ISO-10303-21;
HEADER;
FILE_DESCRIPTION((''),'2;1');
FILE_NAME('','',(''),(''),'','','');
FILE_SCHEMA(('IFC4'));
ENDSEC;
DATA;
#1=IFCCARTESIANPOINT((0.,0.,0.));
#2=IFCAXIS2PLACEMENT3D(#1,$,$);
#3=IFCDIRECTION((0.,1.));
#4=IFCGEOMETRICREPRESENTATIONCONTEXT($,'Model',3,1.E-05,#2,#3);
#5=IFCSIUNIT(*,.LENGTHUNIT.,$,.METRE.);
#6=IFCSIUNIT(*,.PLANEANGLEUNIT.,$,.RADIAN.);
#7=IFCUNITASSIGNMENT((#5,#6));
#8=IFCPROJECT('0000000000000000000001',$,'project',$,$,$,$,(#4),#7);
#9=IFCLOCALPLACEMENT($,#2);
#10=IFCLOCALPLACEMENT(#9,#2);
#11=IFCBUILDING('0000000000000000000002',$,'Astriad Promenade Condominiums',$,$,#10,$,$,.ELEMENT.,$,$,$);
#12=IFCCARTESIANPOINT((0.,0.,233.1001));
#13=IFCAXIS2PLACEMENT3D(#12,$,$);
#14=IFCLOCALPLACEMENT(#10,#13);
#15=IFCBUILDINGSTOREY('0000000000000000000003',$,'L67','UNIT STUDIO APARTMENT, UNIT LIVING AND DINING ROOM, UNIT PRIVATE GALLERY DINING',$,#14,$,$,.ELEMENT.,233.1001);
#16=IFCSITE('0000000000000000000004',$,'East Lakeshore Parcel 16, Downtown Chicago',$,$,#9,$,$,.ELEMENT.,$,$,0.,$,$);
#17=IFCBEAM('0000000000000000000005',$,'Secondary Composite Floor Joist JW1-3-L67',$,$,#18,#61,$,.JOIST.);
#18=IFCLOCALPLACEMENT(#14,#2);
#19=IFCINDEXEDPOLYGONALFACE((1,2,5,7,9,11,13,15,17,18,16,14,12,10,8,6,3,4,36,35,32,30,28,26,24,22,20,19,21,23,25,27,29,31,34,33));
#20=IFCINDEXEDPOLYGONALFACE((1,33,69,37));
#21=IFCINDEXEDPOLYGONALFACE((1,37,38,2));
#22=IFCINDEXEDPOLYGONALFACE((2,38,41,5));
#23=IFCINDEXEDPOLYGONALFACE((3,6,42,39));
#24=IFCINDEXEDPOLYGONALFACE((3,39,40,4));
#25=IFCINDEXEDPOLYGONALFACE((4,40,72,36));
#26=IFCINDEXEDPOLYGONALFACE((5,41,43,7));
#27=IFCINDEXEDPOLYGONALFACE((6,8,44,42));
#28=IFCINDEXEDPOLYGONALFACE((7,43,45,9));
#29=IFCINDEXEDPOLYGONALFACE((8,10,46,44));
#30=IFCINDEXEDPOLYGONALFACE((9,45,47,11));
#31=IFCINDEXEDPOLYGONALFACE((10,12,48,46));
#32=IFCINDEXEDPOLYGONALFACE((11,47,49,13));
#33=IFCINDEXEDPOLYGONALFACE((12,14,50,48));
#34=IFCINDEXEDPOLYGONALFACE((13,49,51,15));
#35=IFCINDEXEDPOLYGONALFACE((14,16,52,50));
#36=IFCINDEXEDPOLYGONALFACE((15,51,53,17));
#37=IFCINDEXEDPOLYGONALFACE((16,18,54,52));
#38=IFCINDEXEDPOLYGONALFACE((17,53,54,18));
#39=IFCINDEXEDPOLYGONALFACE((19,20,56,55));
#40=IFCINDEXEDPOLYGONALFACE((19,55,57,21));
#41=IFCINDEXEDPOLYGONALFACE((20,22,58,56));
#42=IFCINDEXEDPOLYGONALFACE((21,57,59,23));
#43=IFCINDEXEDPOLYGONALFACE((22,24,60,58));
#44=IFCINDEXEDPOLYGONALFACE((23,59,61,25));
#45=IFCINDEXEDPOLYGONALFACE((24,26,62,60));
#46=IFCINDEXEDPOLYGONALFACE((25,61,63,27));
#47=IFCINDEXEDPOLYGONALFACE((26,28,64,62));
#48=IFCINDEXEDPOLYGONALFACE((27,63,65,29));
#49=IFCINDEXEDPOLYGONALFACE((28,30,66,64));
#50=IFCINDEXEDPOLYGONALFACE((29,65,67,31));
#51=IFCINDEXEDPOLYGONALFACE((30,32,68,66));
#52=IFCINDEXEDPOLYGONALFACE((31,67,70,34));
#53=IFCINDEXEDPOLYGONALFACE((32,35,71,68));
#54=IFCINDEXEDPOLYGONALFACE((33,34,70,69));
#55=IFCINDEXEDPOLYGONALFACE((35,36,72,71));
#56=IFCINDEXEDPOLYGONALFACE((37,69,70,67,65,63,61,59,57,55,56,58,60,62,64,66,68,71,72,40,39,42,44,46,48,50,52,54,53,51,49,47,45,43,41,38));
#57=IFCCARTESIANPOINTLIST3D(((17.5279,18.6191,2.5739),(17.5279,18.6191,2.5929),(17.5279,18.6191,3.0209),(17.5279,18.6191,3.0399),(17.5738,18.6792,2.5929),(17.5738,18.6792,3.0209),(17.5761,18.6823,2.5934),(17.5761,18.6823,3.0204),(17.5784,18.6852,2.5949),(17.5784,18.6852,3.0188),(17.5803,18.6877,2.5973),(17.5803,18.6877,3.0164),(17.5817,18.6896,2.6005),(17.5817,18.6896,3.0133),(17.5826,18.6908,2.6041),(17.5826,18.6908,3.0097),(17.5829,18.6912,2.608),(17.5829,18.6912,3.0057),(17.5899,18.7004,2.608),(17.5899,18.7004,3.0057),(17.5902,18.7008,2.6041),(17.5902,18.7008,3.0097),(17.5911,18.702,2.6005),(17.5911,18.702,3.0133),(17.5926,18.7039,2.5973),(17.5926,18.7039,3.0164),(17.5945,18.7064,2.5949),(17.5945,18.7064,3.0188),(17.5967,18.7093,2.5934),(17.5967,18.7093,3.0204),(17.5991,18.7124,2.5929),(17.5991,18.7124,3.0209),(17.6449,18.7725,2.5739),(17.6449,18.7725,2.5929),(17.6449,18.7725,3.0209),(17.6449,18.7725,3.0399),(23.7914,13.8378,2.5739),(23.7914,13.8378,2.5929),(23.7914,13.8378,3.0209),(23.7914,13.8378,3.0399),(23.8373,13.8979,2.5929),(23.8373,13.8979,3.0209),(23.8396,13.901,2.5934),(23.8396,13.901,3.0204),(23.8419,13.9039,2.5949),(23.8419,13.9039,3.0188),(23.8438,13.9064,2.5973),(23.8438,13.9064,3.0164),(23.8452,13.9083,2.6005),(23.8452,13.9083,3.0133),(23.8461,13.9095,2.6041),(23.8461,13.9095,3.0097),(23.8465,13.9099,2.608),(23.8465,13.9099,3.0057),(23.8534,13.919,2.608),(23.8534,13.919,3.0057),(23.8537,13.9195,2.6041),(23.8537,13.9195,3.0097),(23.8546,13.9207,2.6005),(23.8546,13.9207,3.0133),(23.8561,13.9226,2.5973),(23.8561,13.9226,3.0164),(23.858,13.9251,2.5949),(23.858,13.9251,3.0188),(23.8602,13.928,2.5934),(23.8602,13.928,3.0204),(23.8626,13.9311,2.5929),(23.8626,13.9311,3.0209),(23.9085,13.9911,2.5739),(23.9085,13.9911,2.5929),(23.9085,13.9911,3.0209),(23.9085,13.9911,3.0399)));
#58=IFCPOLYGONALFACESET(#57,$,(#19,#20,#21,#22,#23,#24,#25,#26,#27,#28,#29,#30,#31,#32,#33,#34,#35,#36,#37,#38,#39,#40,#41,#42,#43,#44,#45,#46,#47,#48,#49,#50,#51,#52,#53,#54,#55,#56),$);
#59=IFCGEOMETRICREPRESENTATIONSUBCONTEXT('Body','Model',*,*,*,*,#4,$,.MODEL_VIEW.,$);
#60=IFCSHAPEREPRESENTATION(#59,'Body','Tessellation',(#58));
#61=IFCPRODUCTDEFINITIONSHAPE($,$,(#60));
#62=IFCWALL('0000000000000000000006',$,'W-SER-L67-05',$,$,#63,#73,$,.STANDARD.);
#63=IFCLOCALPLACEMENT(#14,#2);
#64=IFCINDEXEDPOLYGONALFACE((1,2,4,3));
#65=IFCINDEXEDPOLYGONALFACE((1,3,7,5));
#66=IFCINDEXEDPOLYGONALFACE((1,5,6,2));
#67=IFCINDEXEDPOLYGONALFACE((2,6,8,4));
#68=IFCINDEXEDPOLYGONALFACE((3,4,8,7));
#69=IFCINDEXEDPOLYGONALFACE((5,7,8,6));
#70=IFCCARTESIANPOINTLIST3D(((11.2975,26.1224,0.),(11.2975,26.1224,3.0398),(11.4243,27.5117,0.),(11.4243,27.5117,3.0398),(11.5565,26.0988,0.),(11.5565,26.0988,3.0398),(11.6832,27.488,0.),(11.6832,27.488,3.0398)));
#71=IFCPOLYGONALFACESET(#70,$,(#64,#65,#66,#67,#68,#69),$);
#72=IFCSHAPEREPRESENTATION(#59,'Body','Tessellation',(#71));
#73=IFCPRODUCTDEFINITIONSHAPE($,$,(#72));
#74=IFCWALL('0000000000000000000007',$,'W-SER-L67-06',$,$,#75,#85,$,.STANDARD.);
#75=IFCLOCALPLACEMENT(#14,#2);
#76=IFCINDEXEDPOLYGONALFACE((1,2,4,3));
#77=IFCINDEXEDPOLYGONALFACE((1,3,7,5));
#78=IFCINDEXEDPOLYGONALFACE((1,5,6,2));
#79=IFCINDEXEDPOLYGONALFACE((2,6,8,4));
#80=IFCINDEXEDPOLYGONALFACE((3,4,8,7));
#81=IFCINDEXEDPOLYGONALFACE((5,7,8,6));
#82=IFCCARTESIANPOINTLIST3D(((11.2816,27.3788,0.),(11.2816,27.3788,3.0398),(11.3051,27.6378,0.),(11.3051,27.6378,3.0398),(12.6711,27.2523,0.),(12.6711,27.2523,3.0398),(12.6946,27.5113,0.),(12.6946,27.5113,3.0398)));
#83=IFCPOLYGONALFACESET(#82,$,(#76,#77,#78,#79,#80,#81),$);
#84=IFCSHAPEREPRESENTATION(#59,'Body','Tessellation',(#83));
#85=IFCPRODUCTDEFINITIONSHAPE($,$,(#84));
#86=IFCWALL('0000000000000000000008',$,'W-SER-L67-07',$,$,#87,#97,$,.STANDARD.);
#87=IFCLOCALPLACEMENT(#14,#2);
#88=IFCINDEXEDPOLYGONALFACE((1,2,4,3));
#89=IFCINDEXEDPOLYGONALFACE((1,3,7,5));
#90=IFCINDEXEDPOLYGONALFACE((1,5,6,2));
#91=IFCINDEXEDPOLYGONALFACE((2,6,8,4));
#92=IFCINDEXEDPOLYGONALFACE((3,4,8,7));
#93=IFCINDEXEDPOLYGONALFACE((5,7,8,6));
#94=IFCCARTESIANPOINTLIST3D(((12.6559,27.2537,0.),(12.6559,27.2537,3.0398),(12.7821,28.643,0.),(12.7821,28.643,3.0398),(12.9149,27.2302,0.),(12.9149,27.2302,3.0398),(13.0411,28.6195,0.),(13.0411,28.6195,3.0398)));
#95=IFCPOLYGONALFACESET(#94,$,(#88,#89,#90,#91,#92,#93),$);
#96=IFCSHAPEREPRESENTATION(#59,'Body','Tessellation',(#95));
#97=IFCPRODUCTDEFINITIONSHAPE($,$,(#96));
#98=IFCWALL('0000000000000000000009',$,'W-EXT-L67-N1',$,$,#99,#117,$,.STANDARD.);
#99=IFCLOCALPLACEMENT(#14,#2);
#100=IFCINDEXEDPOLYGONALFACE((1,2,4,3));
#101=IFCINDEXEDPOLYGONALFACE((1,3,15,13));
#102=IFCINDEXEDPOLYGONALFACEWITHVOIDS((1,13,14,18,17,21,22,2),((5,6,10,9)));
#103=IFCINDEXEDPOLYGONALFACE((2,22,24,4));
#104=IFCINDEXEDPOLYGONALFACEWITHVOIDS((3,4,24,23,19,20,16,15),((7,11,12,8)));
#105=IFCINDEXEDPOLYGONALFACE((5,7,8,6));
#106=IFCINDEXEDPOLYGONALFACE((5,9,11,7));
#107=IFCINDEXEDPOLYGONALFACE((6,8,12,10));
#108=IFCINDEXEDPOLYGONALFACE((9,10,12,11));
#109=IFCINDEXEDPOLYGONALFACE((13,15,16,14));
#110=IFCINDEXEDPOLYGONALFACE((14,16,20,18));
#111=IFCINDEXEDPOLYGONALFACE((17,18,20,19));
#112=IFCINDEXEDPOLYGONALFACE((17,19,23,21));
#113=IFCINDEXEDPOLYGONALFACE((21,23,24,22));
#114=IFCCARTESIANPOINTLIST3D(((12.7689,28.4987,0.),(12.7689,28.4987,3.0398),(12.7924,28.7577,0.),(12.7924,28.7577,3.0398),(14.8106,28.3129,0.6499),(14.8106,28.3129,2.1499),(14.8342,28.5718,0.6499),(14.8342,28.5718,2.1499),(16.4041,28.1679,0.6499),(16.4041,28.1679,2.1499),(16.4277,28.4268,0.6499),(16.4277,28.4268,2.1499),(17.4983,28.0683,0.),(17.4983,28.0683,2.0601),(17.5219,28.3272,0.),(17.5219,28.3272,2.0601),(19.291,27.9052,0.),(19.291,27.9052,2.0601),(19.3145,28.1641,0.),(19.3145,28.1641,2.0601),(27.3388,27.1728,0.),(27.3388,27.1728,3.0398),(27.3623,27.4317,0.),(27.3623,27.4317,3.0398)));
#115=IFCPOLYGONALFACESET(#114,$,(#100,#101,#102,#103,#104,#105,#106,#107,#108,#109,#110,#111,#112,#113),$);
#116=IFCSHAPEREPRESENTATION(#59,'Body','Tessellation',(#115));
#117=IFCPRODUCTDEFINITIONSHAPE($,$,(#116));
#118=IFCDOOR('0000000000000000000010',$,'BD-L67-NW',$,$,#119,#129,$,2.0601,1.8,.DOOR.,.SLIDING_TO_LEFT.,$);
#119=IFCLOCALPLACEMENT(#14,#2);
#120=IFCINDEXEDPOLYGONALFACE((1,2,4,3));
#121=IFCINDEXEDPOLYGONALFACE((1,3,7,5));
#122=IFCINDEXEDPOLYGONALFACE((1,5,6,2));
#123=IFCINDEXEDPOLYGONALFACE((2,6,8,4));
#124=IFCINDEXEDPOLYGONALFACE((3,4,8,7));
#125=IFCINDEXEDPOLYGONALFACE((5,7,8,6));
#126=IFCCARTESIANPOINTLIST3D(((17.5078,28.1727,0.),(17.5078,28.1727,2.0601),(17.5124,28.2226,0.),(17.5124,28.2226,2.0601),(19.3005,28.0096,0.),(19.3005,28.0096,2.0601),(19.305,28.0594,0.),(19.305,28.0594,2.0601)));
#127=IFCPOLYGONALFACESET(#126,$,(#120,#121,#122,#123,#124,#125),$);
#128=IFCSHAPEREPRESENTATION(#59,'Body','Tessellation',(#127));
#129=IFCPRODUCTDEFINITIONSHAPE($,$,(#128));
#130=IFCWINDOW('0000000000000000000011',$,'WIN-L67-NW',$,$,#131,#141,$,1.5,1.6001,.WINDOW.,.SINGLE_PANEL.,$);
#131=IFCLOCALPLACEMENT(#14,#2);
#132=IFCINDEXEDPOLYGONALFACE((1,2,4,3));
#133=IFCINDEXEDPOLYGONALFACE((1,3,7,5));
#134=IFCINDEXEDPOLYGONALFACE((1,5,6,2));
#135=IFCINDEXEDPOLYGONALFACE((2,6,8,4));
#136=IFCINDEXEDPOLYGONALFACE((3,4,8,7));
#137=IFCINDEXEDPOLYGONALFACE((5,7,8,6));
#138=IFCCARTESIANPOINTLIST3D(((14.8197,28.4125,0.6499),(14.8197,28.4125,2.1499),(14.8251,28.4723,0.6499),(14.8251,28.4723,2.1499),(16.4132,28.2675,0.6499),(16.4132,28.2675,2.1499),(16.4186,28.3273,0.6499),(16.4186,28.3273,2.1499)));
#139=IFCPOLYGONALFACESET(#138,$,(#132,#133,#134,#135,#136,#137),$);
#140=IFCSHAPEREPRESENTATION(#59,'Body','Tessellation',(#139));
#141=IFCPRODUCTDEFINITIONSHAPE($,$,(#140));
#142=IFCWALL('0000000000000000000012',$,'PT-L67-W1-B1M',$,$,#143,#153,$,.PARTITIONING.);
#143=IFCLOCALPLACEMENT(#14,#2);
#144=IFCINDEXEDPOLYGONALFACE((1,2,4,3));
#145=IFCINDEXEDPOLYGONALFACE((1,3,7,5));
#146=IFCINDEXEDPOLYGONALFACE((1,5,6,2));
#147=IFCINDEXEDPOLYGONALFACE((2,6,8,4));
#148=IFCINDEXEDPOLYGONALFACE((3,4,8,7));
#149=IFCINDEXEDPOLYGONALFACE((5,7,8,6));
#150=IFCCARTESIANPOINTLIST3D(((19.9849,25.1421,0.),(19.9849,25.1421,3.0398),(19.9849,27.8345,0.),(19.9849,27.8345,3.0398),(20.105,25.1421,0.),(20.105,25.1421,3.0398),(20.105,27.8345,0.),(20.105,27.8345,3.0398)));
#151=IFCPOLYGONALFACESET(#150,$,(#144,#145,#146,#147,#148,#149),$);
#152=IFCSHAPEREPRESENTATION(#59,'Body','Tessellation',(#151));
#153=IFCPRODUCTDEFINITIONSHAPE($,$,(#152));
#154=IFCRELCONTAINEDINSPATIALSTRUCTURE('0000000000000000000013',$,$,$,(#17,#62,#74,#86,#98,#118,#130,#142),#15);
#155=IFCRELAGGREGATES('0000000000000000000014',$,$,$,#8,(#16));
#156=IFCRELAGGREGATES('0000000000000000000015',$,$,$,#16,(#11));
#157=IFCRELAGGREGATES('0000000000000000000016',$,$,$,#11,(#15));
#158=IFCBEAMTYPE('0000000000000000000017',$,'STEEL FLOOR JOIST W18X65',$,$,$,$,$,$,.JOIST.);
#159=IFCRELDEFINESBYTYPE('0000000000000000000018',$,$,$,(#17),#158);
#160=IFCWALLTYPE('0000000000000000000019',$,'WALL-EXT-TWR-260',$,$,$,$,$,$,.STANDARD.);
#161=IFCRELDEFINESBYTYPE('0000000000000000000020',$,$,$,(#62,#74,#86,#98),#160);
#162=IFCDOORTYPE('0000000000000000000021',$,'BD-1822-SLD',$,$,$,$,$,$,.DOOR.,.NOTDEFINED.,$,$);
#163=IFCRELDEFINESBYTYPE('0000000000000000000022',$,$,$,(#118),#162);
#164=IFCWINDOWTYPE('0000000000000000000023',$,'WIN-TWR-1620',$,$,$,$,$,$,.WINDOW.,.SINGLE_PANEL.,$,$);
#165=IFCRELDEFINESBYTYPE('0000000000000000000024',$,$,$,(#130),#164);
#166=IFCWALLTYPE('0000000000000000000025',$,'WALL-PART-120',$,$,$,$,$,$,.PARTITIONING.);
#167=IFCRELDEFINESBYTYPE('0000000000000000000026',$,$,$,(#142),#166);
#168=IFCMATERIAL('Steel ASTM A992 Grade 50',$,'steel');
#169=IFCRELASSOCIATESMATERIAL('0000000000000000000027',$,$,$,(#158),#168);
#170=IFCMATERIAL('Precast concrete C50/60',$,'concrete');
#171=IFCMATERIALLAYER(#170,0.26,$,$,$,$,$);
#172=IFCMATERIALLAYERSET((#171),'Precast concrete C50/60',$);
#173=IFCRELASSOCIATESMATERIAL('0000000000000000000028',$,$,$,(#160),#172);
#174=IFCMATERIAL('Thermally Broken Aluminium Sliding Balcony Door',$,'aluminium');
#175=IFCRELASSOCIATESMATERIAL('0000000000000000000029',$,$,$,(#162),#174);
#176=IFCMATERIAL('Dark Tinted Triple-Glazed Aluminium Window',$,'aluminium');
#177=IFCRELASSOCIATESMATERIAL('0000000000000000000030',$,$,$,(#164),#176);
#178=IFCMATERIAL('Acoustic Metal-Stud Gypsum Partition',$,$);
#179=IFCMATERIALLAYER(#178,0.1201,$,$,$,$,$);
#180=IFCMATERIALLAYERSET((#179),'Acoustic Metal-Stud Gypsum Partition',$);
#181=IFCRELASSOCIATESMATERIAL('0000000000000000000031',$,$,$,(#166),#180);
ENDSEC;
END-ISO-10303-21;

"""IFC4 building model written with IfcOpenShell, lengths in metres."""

from ifc_helpers import new_model, si_unit, direction, frame, frame_2d, origin, origin_2d, place, context, subcontext, project, spatial, rectangle, i_section, extrude, source, transform, mapped, material, layer, layer_set, material_profile, profile_set, type_object, type_shapes, element, fill, save


model = new_model("IFC4")

# Units and contexts
model_context = context("Model", 3, precision=1e-05, world=origin(), true_north=direction((0.0, 1.0)))
body_context = subcontext(model_context, "Body", "Model", "MODEL_VIEW")
ifc_project = project(units=[si_unit("LENGTHUNIT", "METRE"), si_unit("PLANEANGLEUNIT", "RADIAN")], contexts=[model_context])

# Site, building, storey
site_placement = place(None, origin())
site = spatial("IfcSite", under=ifc_project, at=site_placement, Name="East Lakeshore Parcel 16, Downtown Chicago", CompositionType="ELEMENT", RefElevation=0.0)
building_placement = place(site_placement, origin())
building = spatial("IfcBuilding", under=site, at=building_placement, Name="Astriad Promenade Condominiums", CompositionType="ELEMENT")
storey_placement = place(building_placement, frame((0.0, 0.0, 233.1001)))
storey = spatial("IfcBuildingStorey", under=building, at=storey_placement, Name="L67", Description="UNIT STUDIO APARTMENT, UNIT LIVING AND DINING ROOM, UNIT PRIVATE GALLERY DINING", CompositionType="ELEMENT", Elevation=233.1001)

# Beam
ifc_material_1 = material(Name="Steel ASTM A992 Grade 50", Category="steel")
ifc_material_profile_1 = material_profile(ifc_material_1, i_section(OverallWidth=0.1929, OverallDepth=0.4661, WebThickness=0.0115, FlangeThickness=0.019, FilletRadius=0.0151, at=origin_2d()), Name="W18X65")
ifc_profile_set_1 = profile_set([ifc_material_profile_1], Name="Steel ASTM A992 Grade 50")
beam_type_1 = type_object("IfcBeamType", Name="STEEL FLOOR JOIST W18X65", PredefinedType="JOIST", material=ifc_profile_set_1)
shared_shape_1 = source(origin(), body_context, "Body", "SweptSolid", [
    extrude(i_section(OverallWidth=0.1929, OverallDepth=0.4661, WebThickness=0.0115, FlangeThickness=0.019, FilletRadius=0.0151, at=origin_2d()), origin(), (0.0, 0.0, 1.0), 7.8799),
])
beam_1_placement = place(storey_placement, frame((17.5864, 18.6958, 2.8069), z_axis=(0.794874, -0.606775, 0.0), x_axis=(0.606775, 0.794874, 0.0)))
element("IfcBeam", 1, at=beam_1_placement, inside=storey, type_object=beam_type_1, Name="Secondary Composite Floor Joist JW1-3-L67", PredefinedType="JOIST", context=body_context, shape_type="MappedRepresentation", body=[
    mapped(shared_shape_1, transform((0.0, 0.0, 0.0), scale=1.0)),
])

# Walls
ifc_material_2 = material(Name="Precast concrete C50/60", Category="concrete")
ifc_layer_1 = layer(ifc_material_2, 0.26)
ifc_layer_set_1 = layer_set([ifc_layer_1], Name="Precast concrete C50/60")
wall_type_1 = type_object("IfcWallType", Name="WALL-EXT-TWR-260", PredefinedType="STANDARD", material=ifc_layer_set_1)
wall_1_placement = place(storey_placement, frame((11.427, 26.1106, 0.0), z_axis=(0.0, 0.0, 1.0), x_axis=(0.090836, 0.995866, 0.0)))
element("IfcWall", 2, at=wall_1_placement, inside=storey, type_object=wall_type_1, Name="W-SER-L67-05", PredefinedType="STANDARD", context=body_context, shape_type="SweptSolid", body=[
    extrude(rectangle(XDim=1.395, YDim=0.26, at=frame_2d((0.6975, 0.0))), origin(), (0.0, 0.0, 1.0), 3.0398),
])
wall_2_placement = place(storey_placement, frame((11.2932, 27.5083, 0.0), z_axis=(0.0, 0.0, 1.0), x_axis=(0.995883, -0.090646, 0.0)))
element("IfcWall", 3, at=wall_2_placement, inside=storey, type_object=wall_type_1, Name="W-SER-L67-06", PredefinedType="STANDARD", context=body_context, shape_type="SweptSolid", body=[
    extrude(rectangle(XDim=1.3953, YDim=0.26, at=frame_2d((0.6978, 0.0))), origin(), (0.0, 0.0, 1.0), 3.0398),
])
wall_3_placement = place(storey_placement, frame((12.7854, 27.2419, 0.0), z_axis=(0.0, 0.0, 1.0), x_axis=(0.090473, 0.995899, 0.0)))
element("IfcWall", 4, at=wall_3_placement, inside=storey, type_object=wall_type_1, Name="W-SER-L67-07", PredefinedType="STANDARD", context=body_context, shape_type="SweptSolid", body=[
    extrude(rectangle(XDim=1.395, YDim=0.26, at=frame_2d((0.6975, 0.0))), origin(), (0.0, 0.0, 1.0), 3.0398),
])

# Wall, openings, door, window
wall_4_placement = place(storey_placement, frame((12.7808, 28.6282, 0.0), z_axis=(0.0, 0.0, 1.0), x_axis=(0.995885, -0.090631, 0.0)))
wall_4 = element("IfcWall", 5, at=wall_4_placement, inside=storey, type_object=wall_type_1, Name="W-EXT-L67-N1", PredefinedType="STANDARD", context=body_context, shape_type="SweptSolid", body=[
    extrude(rectangle(XDim=14.6301, YDim=0.26, at=frame_2d((7.3149, 0.0))), origin(), (0.0, 0.0, 1.0), 3.0398),
])
opening_1_placement = place(wall_4_placement, frame((4.749, 0.0, 0.0)))
opening_1 = element("IfcOpeningElement", 6, at=opening_1_placement, cuts=wall_4, PredefinedType="OPENING", context=body_context, shape_type="SweptSolid", body=[
    extrude(rectangle(XDim=1.8, YDim=2.0601, at=frame_2d((0.8999, 1.03))), frame((0.0, 0.1399, 0.0), z_axis=(0.0, -1.0, 0.0), x_axis=(1.0, 0.0, 0.0)), (0.0, 0.0, 1.0), 0.28),
])
opening_2_placement = place(wall_4_placement, frame((2.05, 0.0, 0.6499)))
opening_2 = element("IfcOpeningElement", 7, at=opening_2_placement, cuts=wall_4, PredefinedType="OPENING", context=body_context, shape_type="SweptSolid", body=[
    extrude(rectangle(XDim=1.6001, YDim=1.5, at=frame_2d((0.8, 0.75))), frame((0.0, 0.1399, 0.0), z_axis=(0.0, -1.0, 0.0), x_axis=(1.0, 0.0, 0.0)), (0.0, 0.0, 1.0), 0.28),
])
ifc_material_3 = material(Name="Thermally Broken Aluminium Sliding Balcony Door", Category="aluminium")
door_type_1 = type_object("IfcDoorType", Name="BD-1822-SLD", OperationType="NOTDEFINED", PredefinedType="DOOR", material=ifc_material_3)
shared_shape_2 = source(origin(), body_context, "Body", "SweptSolid", [
    extrude(rectangle(XDim=1.8, YDim=2.0601, at=frame_2d((0.8999, 1.03))), frame((0.0, 0.0249, 0.0), z_axis=(0.0, -1.0, 0.0), x_axis=(1.0, 0.0, 0.0)), (0.0, 0.0, 1.0), 0.05),
])
type_shapes(door_type_1, [shared_shape_2])
door_1_placement = place(opening_1_placement, origin())
door_1 = element("IfcDoor", 8, at=door_1_placement, inside=storey, type_object=door_type_1, Name="BD-L67-NW", OperationType="SLIDING_TO_LEFT", OverallHeight=2.0601, OverallWidth=1.8, PredefinedType="DOOR", context=body_context, shape_type="MappedRepresentation", body=[
    mapped(shared_shape_2, transform((0.0, 0.0, 0.0), scale=1.0)),
])
fill(opening_1, door_1)
ifc_material_4 = material(Name="Dark Tinted Triple-Glazed Aluminium Window", Category="aluminium")
window_type = type_object("IfcWindowType", Name="WIN-TWR-1620", PartitioningType="SINGLE_PANEL", PredefinedType="WINDOW", material=ifc_material_4)
shared_shape_3 = source(origin(), body_context, "Body", "SweptSolid", [
    extrude(rectangle(XDim=1.6001, YDim=1.5, at=frame_2d((0.8, 0.75))), frame((0.0, 0.03, 0.0), z_axis=(0.0, -1.0, 0.0), x_axis=(1.0, 0.0, 0.0)), (0.0, 0.0, 1.0), 0.0601),
])
type_shapes(window_type, [shared_shape_3])
window_placement = place(opening_2_placement, origin())
window = element("IfcWindow", 9, at=window_placement, inside=storey, type_object=window_type, Name="WIN-L67-NW", OverallHeight=1.5, OverallWidth=1.6001, PartitioningType="SINGLE_PANEL", PredefinedType="WINDOW", context=body_context, shape_type="MappedRepresentation", body=[
    mapped(shared_shape_3, transform((0.0, 0.0, 0.0), scale=1.0)),
])
fill(opening_2, window)

# Wall
ifc_material_5 = material(Name="Acoustic Metal-Stud Gypsum Partition")
ifc_layer_2 = layer(ifc_material_5, 0.1201)
ifc_layer_set_2 = layer_set([ifc_layer_2], Name="Acoustic Metal-Stud Gypsum Partition")
wall_type_2 = type_object("IfcWallType", Name="WALL-PART-120", PredefinedType="PARTITIONING", material=ifc_layer_set_2)
wall_5_placement = place(storey_placement, frame((20.0449, 25.1421, 0.0), z_axis=(0.0, 0.0, 1.0), x_axis=(0.0, 1.0, 0.0)))
element("IfcWall", 10, at=wall_5_placement, inside=storey, type_object=wall_type_2, Name="PT-L67-W1-B1M", PredefinedType="PARTITIONING", context=body_context, shape_type="SweptSolid", body=[
    extrude(rectangle(XDim=2.6924, YDim=0.1201, at=frame_2d((1.3462, 0.0))), origin(), (0.0, 0.0, 1.0), 3.0398),
])

save(model, "model.ifc")
